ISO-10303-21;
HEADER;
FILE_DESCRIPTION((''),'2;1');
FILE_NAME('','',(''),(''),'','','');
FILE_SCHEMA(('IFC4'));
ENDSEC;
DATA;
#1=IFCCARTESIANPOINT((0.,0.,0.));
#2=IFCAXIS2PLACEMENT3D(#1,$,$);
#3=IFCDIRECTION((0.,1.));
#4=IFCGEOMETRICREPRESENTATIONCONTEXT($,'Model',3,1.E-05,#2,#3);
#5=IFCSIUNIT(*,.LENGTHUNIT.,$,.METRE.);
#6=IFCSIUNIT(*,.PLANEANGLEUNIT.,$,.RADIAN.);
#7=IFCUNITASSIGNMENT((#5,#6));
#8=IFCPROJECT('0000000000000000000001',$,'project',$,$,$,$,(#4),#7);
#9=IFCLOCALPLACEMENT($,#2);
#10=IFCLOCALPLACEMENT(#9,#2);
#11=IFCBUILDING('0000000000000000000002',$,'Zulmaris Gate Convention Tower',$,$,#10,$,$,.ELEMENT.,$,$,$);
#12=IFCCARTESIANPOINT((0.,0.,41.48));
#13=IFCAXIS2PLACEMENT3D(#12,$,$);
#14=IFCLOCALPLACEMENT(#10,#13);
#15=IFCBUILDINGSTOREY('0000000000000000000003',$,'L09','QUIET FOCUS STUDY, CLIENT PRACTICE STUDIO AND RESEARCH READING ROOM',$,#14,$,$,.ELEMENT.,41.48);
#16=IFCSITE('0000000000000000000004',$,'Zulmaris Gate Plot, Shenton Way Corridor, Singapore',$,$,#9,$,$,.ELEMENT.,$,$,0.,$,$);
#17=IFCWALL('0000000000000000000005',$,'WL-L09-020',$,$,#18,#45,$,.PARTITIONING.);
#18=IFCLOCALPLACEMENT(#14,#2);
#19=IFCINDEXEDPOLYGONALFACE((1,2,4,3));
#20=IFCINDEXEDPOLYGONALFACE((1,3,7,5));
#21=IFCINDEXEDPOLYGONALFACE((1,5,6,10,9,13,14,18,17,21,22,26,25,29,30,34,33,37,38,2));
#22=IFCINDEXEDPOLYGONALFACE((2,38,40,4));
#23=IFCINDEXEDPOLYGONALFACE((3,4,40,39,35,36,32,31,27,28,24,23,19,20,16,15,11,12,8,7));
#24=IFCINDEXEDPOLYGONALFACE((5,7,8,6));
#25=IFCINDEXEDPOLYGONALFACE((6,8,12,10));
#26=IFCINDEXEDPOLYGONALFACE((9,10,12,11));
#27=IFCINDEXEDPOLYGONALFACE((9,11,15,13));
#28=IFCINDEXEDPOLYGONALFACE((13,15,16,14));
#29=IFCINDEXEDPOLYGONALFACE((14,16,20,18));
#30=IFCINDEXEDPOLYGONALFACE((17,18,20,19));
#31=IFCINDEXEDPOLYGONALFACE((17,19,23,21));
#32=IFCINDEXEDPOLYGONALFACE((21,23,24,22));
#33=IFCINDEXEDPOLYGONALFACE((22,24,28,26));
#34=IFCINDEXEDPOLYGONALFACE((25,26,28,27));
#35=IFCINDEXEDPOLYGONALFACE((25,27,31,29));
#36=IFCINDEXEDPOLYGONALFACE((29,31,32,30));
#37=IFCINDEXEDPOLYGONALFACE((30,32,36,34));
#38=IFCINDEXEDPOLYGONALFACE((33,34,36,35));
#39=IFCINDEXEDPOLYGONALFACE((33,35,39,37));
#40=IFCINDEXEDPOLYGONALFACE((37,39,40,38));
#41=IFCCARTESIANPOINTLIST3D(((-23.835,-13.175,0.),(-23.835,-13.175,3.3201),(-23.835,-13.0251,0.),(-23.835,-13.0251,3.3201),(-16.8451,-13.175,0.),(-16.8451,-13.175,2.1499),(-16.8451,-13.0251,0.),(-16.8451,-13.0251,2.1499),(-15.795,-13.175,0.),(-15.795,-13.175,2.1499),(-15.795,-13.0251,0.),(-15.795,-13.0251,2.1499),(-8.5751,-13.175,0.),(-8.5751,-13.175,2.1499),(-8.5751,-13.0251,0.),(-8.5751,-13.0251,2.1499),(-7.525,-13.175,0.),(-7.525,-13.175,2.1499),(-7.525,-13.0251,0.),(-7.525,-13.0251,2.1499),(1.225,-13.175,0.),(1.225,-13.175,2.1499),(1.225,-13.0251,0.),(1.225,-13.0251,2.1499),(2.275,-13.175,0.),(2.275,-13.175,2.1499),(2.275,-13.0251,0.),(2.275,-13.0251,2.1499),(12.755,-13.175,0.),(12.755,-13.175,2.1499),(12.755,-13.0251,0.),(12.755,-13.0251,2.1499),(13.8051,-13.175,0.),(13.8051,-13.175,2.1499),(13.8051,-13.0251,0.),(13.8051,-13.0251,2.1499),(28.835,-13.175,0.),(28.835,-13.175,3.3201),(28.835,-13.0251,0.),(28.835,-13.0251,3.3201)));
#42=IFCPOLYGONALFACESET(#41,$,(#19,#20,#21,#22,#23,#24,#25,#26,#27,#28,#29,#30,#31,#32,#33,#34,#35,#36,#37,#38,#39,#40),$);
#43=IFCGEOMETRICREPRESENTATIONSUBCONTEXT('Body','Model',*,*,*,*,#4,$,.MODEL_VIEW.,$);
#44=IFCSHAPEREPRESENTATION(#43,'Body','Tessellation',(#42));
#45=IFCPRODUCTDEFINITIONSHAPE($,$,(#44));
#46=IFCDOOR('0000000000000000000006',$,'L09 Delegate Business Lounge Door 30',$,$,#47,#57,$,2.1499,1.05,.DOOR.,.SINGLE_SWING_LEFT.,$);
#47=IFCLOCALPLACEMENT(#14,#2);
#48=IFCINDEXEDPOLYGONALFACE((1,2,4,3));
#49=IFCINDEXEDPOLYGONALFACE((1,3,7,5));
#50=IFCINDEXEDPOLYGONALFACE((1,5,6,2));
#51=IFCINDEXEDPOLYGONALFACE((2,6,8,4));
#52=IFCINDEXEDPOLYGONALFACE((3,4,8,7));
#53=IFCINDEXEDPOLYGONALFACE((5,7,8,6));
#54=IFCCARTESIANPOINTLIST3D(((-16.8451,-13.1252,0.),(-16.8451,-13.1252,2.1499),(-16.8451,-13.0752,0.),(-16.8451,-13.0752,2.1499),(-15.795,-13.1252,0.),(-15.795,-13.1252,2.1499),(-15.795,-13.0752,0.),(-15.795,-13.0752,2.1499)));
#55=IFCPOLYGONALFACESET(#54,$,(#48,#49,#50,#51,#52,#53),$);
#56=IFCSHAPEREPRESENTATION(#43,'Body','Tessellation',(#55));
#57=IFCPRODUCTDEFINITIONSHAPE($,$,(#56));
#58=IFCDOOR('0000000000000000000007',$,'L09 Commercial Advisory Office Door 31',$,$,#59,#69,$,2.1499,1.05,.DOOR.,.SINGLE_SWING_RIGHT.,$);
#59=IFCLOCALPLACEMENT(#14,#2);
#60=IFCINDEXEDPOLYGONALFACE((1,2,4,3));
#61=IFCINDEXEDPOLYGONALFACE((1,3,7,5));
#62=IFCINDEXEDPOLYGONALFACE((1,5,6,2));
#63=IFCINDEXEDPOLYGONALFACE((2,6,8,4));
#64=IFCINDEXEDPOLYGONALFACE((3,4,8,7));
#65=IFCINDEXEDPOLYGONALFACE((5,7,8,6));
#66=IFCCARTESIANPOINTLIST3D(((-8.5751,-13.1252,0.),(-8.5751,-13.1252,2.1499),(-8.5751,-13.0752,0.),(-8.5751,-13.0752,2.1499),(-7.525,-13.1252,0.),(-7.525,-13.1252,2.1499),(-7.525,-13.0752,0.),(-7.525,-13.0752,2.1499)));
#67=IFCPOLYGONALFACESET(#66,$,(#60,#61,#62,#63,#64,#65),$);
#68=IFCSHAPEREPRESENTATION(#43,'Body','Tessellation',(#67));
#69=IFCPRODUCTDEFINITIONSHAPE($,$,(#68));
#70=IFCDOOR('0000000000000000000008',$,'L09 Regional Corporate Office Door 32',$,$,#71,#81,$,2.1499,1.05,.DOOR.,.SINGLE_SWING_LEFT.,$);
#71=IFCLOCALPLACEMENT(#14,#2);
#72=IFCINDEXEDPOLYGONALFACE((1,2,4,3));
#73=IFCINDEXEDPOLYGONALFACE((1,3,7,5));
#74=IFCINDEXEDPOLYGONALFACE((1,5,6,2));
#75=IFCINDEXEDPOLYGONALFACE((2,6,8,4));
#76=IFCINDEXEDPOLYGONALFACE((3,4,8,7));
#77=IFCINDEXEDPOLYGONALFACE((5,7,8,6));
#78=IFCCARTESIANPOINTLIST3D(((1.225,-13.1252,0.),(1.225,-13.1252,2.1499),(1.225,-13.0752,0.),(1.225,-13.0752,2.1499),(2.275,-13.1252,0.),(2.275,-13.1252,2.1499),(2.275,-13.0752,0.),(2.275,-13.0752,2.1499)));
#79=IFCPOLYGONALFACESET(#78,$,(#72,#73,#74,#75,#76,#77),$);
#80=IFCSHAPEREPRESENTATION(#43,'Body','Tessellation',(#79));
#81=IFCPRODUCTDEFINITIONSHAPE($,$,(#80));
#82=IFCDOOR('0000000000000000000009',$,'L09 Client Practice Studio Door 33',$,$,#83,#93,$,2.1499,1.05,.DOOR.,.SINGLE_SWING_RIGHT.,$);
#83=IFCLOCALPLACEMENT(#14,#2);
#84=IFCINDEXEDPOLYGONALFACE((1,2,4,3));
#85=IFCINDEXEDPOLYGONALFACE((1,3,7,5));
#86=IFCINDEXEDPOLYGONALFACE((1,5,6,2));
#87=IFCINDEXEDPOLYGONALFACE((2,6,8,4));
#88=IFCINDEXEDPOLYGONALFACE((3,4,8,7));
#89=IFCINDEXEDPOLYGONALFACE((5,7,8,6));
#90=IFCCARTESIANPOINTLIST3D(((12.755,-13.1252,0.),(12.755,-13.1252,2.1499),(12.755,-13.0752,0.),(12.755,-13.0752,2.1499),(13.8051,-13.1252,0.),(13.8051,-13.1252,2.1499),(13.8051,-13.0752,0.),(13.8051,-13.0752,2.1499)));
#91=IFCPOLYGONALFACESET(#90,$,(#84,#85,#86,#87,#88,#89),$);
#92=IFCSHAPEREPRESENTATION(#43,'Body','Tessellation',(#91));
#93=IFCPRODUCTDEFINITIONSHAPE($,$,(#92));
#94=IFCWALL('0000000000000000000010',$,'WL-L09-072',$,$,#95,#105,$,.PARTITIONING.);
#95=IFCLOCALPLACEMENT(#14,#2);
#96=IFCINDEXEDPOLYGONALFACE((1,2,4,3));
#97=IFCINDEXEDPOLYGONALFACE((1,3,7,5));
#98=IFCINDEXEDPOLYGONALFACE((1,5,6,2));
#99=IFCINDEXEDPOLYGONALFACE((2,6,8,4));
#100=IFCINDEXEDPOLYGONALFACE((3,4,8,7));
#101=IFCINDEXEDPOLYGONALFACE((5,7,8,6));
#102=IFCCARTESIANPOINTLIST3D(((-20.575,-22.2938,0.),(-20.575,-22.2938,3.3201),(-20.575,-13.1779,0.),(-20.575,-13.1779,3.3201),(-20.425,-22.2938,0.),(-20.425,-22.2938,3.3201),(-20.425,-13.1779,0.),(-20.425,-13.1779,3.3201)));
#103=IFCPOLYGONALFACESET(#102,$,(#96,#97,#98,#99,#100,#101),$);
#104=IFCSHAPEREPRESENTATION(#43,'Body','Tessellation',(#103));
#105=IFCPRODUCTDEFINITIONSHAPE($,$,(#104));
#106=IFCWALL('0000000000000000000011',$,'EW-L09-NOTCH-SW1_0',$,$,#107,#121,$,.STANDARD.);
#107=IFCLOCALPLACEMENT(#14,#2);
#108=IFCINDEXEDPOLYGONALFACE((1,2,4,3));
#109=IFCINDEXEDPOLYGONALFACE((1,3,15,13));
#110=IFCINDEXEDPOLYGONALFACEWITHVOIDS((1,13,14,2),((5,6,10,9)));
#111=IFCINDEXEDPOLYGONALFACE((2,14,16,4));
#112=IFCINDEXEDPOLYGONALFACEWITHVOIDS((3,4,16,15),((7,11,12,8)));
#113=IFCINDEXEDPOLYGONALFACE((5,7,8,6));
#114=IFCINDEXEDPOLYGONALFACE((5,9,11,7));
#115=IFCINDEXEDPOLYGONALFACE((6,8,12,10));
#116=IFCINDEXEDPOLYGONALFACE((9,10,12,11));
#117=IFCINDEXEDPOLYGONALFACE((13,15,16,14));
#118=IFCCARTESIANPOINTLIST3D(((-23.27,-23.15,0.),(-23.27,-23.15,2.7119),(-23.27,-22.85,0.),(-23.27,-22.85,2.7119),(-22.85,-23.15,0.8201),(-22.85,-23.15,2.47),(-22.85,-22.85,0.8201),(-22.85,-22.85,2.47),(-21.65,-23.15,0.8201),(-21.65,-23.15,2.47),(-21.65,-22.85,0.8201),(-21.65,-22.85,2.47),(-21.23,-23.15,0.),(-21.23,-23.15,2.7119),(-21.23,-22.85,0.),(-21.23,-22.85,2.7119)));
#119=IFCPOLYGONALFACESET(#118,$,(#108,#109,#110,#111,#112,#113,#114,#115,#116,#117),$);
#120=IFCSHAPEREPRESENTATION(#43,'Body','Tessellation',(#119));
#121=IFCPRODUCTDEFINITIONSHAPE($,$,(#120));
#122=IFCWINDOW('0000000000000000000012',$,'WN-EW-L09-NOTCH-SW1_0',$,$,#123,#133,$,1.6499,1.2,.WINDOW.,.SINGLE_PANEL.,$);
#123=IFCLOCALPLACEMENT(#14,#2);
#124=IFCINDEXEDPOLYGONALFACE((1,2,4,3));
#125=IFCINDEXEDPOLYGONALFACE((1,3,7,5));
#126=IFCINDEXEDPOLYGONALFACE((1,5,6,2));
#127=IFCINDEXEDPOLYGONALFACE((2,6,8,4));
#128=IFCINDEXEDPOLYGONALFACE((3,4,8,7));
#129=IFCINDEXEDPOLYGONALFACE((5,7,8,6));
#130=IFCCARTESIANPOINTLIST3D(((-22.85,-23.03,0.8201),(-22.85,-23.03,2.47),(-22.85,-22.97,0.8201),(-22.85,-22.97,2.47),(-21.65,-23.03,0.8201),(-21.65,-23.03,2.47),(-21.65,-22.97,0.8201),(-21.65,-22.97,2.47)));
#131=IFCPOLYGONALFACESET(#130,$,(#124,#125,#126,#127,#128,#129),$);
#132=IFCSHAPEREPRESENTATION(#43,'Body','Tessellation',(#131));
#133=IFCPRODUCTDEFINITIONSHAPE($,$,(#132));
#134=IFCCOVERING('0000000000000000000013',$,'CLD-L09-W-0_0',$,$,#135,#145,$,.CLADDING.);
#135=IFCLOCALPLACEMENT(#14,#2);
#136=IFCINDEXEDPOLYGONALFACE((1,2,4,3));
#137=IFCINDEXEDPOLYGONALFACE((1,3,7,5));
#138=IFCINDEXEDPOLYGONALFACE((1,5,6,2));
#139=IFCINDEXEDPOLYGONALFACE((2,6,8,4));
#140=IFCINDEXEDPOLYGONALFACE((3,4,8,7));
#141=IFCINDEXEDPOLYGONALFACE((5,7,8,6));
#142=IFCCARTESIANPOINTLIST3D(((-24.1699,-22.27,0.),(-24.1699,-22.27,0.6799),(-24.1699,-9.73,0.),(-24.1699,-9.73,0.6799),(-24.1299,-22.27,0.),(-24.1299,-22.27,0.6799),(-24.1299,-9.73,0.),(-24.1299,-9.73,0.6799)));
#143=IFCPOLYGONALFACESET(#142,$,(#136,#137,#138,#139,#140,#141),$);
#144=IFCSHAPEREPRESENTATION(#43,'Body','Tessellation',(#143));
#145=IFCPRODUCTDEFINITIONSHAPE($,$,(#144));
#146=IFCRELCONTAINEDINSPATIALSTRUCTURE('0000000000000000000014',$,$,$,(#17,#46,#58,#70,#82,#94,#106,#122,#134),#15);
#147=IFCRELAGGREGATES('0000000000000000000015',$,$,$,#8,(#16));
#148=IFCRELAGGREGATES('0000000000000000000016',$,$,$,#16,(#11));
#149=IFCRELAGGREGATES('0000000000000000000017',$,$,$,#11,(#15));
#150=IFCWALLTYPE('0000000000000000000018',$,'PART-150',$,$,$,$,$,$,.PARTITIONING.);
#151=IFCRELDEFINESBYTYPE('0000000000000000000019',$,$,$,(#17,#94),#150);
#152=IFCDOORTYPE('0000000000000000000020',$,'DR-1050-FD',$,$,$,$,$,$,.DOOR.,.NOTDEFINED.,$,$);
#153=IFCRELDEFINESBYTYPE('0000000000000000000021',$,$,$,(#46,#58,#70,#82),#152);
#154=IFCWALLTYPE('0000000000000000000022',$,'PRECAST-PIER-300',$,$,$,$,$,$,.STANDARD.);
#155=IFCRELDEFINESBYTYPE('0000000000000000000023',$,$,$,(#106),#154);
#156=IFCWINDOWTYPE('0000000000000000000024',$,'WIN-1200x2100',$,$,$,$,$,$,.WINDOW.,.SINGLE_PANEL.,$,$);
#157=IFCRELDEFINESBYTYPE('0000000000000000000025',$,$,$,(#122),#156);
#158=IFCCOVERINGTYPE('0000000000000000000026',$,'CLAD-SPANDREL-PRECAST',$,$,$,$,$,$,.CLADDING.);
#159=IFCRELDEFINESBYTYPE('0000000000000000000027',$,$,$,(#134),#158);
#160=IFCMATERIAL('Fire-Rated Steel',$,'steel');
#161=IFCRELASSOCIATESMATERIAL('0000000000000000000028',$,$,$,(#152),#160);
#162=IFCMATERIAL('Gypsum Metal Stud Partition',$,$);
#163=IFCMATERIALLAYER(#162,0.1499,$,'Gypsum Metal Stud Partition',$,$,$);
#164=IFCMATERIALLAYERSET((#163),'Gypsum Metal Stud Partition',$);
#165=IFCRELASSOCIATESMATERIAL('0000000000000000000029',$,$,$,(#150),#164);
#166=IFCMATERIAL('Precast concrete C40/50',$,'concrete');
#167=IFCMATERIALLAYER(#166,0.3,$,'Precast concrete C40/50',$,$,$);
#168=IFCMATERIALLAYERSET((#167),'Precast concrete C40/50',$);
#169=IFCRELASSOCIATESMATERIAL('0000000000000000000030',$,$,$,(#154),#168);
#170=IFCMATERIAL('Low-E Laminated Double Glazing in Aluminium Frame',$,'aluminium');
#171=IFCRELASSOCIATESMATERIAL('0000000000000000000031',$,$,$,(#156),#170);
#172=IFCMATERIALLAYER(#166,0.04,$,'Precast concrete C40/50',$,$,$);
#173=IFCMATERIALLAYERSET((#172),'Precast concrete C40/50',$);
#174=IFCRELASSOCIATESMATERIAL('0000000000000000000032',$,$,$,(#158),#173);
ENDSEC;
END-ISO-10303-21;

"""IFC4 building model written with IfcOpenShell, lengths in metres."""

from ifc_helpers import new_model, si_unit, direction, frame, frame_2d, origin, place, context, subcontext, project, spatial, rectangle, extrude, material, layer, layer_set, type_object, element, fill, save


model = new_model("IFC4")

# Units and contexts
model_context = context("Model", 3, precision=1e-05, world=origin(), true_north=direction((0.0, 1.0)))
body_context = subcontext(model_context, "Body", "Model", "MODEL_VIEW")
ifc_project = project(units=[si_unit("LENGTHUNIT", "METRE"), si_unit("PLANEANGLEUNIT", "RADIAN")], contexts=[model_context])

# Site, building, storey
site_placement = place(None, origin())
site = spatial("IfcSite", under=ifc_project, at=site_placement, Name="Zulmaris Gate Plot, Shenton Way Corridor, Singapore", CompositionType="ELEMENT", RefElevation=0.0)
building_placement = place(site_placement, origin())
building = spatial("IfcBuilding", under=site, at=building_placement, Name="Zulmaris Gate Convention Tower", CompositionType="ELEMENT")
storey_placement = place(building_placement, frame((0.0, 0.0, 41.48)))
storey = spatial("IfcBuildingStorey", under=building, at=storey_placement, Name="L09", Description="QUIET FOCUS STUDY, CLIENT PRACTICE STUDIO AND RESEARCH READING ROOM", CompositionType="ELEMENT", Elevation=41.48)

# Shared definitions
ifc_material_1 = material(Name="Fire-Rated Steel", Category="steel")
door_type_1 = type_object("IfcDoorType", Name="DR-1050-FD", OperationType="NOTDEFINED", PredefinedType="DOOR", material=ifc_material_1)

# Wall, openings, doors
ifc_material_2 = material(Name="Gypsum Metal Stud Partition")
ifc_layer_1 = layer(ifc_material_2, 0.1499, Name="Gypsum Metal Stud Partition")
ifc_layer_set_1 = layer_set([ifc_layer_1], Name="Gypsum Metal Stud Partition")
wall_type_1 = type_object("IfcWallType", Name="PART-150", PredefinedType="PARTITIONING", material=ifc_layer_set_1)
wall_1_placement = place(storey_placement, frame((-23.835, -13.1001, 0.0), z_axis=(0.0, 0.0, 1.0), x_axis=(1.0, 0.0, 0.0)))
wall_1 = element("IfcWall", 1, at=wall_1_placement, inside=storey, type_object=wall_type_1, Name="WL-L09-020", PredefinedType="PARTITIONING", context=body_context, shape_type="SweptSolid", body=[
    extrude(rectangle(XDim=52.6699, YDim=0.1499, at=frame_2d((26.335, 0.0))), origin(), (0.0, 0.0, 1.0), 3.3201),
])
opening_1_placement = place(wall_1_placement, frame((6.99, 0.0, 0.0)))
opening_1 = element("IfcOpeningElement", 2, at=opening_1_placement, cuts=wall_1, PredefinedType="OPENING", context=body_context, shape_type="SweptSolid", body=[
    extrude(rectangle(XDim=1.05, YDim=2.1499, at=frame_2d((0.5249, 1.075))), frame((0.0, 0.085, 0.0), z_axis=(0.0, -1.0, 0.0), x_axis=(1.0, 0.0, 0.0)), (0.0, 0.0, 1.0), 0.1699),
])
opening_2_placement = place(wall_1_placement, frame((15.26, 0.0, 0.0)))
opening_2 = element("IfcOpeningElement", 3, at=opening_2_placement, cuts=wall_1, PredefinedType="OPENING", context=body_context, shape_type="SweptSolid", body=[
    extrude(rectangle(XDim=1.05, YDim=2.1499, at=frame_2d((0.5249, 1.075))), frame((0.0, 0.085, 0.0), z_axis=(0.0, -1.0, 0.0), x_axis=(1.0, 0.0, 0.0)), (0.0, 0.0, 1.0), 0.1699),
])
opening_3_placement = place(wall_1_placement, frame((25.0601, 0.0, 0.0)))
opening_3 = element("IfcOpeningElement", 4, at=opening_3_placement, cuts=wall_1, PredefinedType="OPENING", context=body_context, shape_type="SweptSolid", body=[
    extrude(rectangle(XDim=1.05, YDim=2.1499, at=frame_2d((0.5249, 1.075))), frame((0.0, 0.085, 0.0), z_axis=(0.0, -1.0, 0.0), x_axis=(1.0, 0.0, 0.0)), (0.0, 0.0, 1.0), 0.1699),
])
opening_4_placement = place(wall_1_placement, frame((36.5901, 0.0, 0.0)))
opening_4 = element("IfcOpeningElement", 5, at=opening_4_placement, cuts=wall_1, PredefinedType="OPENING", context=body_context, shape_type="SweptSolid", body=[
    extrude(rectangle(XDim=1.05, YDim=2.1499, at=frame_2d((0.5249, 1.075))), frame((0.0, 0.085, 0.0), z_axis=(0.0, -1.0, 0.0), x_axis=(1.0, 0.0, 0.0)), (0.0, 0.0, 1.0), 0.1699),
])
door_1_placement = place(opening_1_placement, origin())
door_1 = element("IfcDoor", 6, at=door_1_placement, inside=storey, type_object=door_type_1, Name="L09 Delegate Business Lounge Door 30", OperationType="SINGLE_SWING_LEFT", OverallHeight=2.1499, OverallWidth=1.05, PredefinedType="DOOR", context=body_context, shape_type="SweptSolid", body=[
    extrude(rectangle(XDim=1.05, YDim=2.1499, at=frame_2d((0.5249, 1.075))), frame((0.0, 0.0249, 0.0), z_axis=(0.0, -1.0, 0.0), x_axis=(1.0, 0.0, 0.0)), (0.0, 0.0, 1.0), 0.05),
])
fill(opening_1, door_1)
door_2_placement = place(opening_2_placement, origin())
door_2 = element("IfcDoor", 7, at=door_2_placement, inside=storey, type_object=door_type_1, Name="L09 Commercial Advisory Office Door 31", OperationType="SINGLE_SWING_RIGHT", OverallHeight=2.1499, OverallWidth=1.05, PredefinedType="DOOR", context=body_context, shape_type="SweptSolid", body=[
    extrude(rectangle(XDim=1.05, YDim=2.1499, at=frame_2d((0.5249, 1.075))), frame((0.0, 0.0249, 0.0), z_axis=(0.0, -1.0, 0.0), x_axis=(1.0, 0.0, 0.0)), (0.0, 0.0, 1.0), 0.05),
])
fill(opening_2, door_2)
door_3_placement = place(opening_3_placement, origin())
door_3 = element("IfcDoor", 8, at=door_3_placement, inside=storey, type_object=door_type_1, Name="L09 Regional Corporate Office Door 32", OperationType="SINGLE_SWING_LEFT", OverallHeight=2.1499, OverallWidth=1.05, PredefinedType="DOOR", context=body_context, shape_type="SweptSolid", body=[
    extrude(rectangle(XDim=1.05, YDim=2.1499, at=frame_2d((0.5249, 1.075))), frame((0.0, 0.0249, 0.0), z_axis=(0.0, -1.0, 0.0), x_axis=(1.0, 0.0, 0.0)), (0.0, 0.0, 1.0), 0.05),
])
fill(opening_3, door_3)
door_4_placement = place(opening_4_placement, origin())
door_4 = element("IfcDoor", 9, at=door_4_placement, inside=storey, type_object=door_type_1, Name="L09 Client Practice Studio Door 33", OperationType="SINGLE_SWING_RIGHT", OverallHeight=2.1499, OverallWidth=1.05, PredefinedType="DOOR", context=body_context, shape_type="SweptSolid", body=[
    extrude(rectangle(XDim=1.05, YDim=2.1499, at=frame_2d((0.5249, 1.075))), frame((0.0, 0.0249, 0.0), z_axis=(0.0, -1.0, 0.0), x_axis=(1.0, 0.0, 0.0)), (0.0, 0.0, 1.0), 0.05),
])
fill(opening_4, door_4)

# Wall
wall_2_placement = place(storey_placement, frame((-20.5, -22.2939, 0.0), z_axis=(0.0, 0.0, 1.0), x_axis=(0.0, 1.0, 0.0)))
element("IfcWall", 10, at=wall_2_placement, inside=storey, type_object=wall_type_1, Name="WL-L09-072", PredefinedType="PARTITIONING", context=body_context, shape_type="SweptSolid", body=[
    extrude(rectangle(XDim=9.116, YDim=0.1499, at=frame_2d((4.5581, 0.0))), origin(), (0.0, 0.0, 1.0), 3.3201),
])

# Wall, opening, window
ifc_material_3 = material(Name="Precast concrete C40/50", Category="concrete")
ifc_layer_2 = layer(ifc_material_3, 0.3, Name="Precast concrete C40/50")
ifc_layer_set_2 = layer_set([ifc_layer_2], Name="Precast concrete C40/50")
wall_type_2 = type_object("IfcWallType", Name="PRECAST-PIER-300", PredefinedType="STANDARD", material=ifc_layer_set_2)
wall_3_placement = place(storey_placement, frame((-23.27, -23.0, 0.0), z_axis=(0.0, 0.0, 1.0), x_axis=(1.0, 0.0, 0.0)))
wall_3 = element("IfcWall", 11, at=wall_3_placement, inside=storey, type_object=wall_type_2, Name="EW-L09-NOTCH-SW1_0", PredefinedType="STANDARD", context=body_context, shape_type="SweptSolid", body=[
    extrude(rectangle(XDim=2.04, YDim=0.3, at=frame_2d((1.02, 0.0))), origin(), (0.0, 0.0, 1.0), 2.7119),
])
opening_5_placement = place(wall_3_placement, frame((0.4199, 0.0, 0.8201)))
opening_5 = element("IfcOpeningElement", 12, at=opening_5_placement, cuts=wall_3, PredefinedType="OPENING", context=body_context, shape_type="SweptSolid", body=[
    extrude(rectangle(XDim=1.2, YDim=1.6499, at=frame_2d((0.6001, 0.825))), frame((0.0, 0.1602, 0.0), z_axis=(0.0, -1.0, 0.0), x_axis=(1.0, 0.0, 0.0)), (0.0, 0.0, 1.0), 0.3201),
])
ifc_material_4 = material(Name="Low-E Laminated Double Glazing in Aluminium Frame", Category="aluminium")
window_type = type_object("IfcWindowType", Name="WIN-1200x2100", PartitioningType="SINGLE_PANEL", PredefinedType="WINDOW", material=ifc_material_4)
window_placement = place(opening_5_placement, origin())
window = element("IfcWindow", 13, at=window_placement, inside=storey, type_object=window_type, Name="WN-EW-L09-NOTCH-SW1_0", OverallHeight=1.6499, OverallWidth=1.2, PartitioningType="SINGLE_PANEL", PredefinedType="WINDOW", context=body_context, shape_type="SweptSolid", body=[
    extrude(rectangle(XDim=1.2, YDim=1.6499, at=frame_2d((0.6001, 0.825))), frame((0.0, 0.03, 0.0), z_axis=(0.0, -1.0, 0.0), x_axis=(1.0, 0.0, 0.0)), (0.0, 0.0, 1.0), 0.0601),
])
fill(opening_5, window)

# Covering
ifc_layer_3 = layer(ifc_material_3, 0.04, Name="Precast concrete C40/50")
ifc_layer_set_3 = layer_set([ifc_layer_3], Name="Precast concrete C40/50")
covering_type = type_object("IfcCoveringType", Name="CLAD-SPANDREL-PRECAST", PredefinedType="CLADDING", material=ifc_layer_set_3)
covering_placement = place(storey_placement, frame((-24.1499, -9.73, 0.0), z_axis=(0.0, 0.0, 1.0), x_axis=(0.0, -1.0, 0.0)))
element("IfcCovering", 14, at=covering_placement, inside=storey, type_object=covering_type, Name="CLD-L09-W-0_0", PredefinedType="CLADDING", context=body_context, shape_type="SweptSolid", body=[
    extrude(rectangle(XDim=12.54, YDim=0.04, at=frame_2d((6.27, 0.0))), origin(), (0.0, 0.0, 1.0), 0.6799),
])

save(model, "model.ifc")
